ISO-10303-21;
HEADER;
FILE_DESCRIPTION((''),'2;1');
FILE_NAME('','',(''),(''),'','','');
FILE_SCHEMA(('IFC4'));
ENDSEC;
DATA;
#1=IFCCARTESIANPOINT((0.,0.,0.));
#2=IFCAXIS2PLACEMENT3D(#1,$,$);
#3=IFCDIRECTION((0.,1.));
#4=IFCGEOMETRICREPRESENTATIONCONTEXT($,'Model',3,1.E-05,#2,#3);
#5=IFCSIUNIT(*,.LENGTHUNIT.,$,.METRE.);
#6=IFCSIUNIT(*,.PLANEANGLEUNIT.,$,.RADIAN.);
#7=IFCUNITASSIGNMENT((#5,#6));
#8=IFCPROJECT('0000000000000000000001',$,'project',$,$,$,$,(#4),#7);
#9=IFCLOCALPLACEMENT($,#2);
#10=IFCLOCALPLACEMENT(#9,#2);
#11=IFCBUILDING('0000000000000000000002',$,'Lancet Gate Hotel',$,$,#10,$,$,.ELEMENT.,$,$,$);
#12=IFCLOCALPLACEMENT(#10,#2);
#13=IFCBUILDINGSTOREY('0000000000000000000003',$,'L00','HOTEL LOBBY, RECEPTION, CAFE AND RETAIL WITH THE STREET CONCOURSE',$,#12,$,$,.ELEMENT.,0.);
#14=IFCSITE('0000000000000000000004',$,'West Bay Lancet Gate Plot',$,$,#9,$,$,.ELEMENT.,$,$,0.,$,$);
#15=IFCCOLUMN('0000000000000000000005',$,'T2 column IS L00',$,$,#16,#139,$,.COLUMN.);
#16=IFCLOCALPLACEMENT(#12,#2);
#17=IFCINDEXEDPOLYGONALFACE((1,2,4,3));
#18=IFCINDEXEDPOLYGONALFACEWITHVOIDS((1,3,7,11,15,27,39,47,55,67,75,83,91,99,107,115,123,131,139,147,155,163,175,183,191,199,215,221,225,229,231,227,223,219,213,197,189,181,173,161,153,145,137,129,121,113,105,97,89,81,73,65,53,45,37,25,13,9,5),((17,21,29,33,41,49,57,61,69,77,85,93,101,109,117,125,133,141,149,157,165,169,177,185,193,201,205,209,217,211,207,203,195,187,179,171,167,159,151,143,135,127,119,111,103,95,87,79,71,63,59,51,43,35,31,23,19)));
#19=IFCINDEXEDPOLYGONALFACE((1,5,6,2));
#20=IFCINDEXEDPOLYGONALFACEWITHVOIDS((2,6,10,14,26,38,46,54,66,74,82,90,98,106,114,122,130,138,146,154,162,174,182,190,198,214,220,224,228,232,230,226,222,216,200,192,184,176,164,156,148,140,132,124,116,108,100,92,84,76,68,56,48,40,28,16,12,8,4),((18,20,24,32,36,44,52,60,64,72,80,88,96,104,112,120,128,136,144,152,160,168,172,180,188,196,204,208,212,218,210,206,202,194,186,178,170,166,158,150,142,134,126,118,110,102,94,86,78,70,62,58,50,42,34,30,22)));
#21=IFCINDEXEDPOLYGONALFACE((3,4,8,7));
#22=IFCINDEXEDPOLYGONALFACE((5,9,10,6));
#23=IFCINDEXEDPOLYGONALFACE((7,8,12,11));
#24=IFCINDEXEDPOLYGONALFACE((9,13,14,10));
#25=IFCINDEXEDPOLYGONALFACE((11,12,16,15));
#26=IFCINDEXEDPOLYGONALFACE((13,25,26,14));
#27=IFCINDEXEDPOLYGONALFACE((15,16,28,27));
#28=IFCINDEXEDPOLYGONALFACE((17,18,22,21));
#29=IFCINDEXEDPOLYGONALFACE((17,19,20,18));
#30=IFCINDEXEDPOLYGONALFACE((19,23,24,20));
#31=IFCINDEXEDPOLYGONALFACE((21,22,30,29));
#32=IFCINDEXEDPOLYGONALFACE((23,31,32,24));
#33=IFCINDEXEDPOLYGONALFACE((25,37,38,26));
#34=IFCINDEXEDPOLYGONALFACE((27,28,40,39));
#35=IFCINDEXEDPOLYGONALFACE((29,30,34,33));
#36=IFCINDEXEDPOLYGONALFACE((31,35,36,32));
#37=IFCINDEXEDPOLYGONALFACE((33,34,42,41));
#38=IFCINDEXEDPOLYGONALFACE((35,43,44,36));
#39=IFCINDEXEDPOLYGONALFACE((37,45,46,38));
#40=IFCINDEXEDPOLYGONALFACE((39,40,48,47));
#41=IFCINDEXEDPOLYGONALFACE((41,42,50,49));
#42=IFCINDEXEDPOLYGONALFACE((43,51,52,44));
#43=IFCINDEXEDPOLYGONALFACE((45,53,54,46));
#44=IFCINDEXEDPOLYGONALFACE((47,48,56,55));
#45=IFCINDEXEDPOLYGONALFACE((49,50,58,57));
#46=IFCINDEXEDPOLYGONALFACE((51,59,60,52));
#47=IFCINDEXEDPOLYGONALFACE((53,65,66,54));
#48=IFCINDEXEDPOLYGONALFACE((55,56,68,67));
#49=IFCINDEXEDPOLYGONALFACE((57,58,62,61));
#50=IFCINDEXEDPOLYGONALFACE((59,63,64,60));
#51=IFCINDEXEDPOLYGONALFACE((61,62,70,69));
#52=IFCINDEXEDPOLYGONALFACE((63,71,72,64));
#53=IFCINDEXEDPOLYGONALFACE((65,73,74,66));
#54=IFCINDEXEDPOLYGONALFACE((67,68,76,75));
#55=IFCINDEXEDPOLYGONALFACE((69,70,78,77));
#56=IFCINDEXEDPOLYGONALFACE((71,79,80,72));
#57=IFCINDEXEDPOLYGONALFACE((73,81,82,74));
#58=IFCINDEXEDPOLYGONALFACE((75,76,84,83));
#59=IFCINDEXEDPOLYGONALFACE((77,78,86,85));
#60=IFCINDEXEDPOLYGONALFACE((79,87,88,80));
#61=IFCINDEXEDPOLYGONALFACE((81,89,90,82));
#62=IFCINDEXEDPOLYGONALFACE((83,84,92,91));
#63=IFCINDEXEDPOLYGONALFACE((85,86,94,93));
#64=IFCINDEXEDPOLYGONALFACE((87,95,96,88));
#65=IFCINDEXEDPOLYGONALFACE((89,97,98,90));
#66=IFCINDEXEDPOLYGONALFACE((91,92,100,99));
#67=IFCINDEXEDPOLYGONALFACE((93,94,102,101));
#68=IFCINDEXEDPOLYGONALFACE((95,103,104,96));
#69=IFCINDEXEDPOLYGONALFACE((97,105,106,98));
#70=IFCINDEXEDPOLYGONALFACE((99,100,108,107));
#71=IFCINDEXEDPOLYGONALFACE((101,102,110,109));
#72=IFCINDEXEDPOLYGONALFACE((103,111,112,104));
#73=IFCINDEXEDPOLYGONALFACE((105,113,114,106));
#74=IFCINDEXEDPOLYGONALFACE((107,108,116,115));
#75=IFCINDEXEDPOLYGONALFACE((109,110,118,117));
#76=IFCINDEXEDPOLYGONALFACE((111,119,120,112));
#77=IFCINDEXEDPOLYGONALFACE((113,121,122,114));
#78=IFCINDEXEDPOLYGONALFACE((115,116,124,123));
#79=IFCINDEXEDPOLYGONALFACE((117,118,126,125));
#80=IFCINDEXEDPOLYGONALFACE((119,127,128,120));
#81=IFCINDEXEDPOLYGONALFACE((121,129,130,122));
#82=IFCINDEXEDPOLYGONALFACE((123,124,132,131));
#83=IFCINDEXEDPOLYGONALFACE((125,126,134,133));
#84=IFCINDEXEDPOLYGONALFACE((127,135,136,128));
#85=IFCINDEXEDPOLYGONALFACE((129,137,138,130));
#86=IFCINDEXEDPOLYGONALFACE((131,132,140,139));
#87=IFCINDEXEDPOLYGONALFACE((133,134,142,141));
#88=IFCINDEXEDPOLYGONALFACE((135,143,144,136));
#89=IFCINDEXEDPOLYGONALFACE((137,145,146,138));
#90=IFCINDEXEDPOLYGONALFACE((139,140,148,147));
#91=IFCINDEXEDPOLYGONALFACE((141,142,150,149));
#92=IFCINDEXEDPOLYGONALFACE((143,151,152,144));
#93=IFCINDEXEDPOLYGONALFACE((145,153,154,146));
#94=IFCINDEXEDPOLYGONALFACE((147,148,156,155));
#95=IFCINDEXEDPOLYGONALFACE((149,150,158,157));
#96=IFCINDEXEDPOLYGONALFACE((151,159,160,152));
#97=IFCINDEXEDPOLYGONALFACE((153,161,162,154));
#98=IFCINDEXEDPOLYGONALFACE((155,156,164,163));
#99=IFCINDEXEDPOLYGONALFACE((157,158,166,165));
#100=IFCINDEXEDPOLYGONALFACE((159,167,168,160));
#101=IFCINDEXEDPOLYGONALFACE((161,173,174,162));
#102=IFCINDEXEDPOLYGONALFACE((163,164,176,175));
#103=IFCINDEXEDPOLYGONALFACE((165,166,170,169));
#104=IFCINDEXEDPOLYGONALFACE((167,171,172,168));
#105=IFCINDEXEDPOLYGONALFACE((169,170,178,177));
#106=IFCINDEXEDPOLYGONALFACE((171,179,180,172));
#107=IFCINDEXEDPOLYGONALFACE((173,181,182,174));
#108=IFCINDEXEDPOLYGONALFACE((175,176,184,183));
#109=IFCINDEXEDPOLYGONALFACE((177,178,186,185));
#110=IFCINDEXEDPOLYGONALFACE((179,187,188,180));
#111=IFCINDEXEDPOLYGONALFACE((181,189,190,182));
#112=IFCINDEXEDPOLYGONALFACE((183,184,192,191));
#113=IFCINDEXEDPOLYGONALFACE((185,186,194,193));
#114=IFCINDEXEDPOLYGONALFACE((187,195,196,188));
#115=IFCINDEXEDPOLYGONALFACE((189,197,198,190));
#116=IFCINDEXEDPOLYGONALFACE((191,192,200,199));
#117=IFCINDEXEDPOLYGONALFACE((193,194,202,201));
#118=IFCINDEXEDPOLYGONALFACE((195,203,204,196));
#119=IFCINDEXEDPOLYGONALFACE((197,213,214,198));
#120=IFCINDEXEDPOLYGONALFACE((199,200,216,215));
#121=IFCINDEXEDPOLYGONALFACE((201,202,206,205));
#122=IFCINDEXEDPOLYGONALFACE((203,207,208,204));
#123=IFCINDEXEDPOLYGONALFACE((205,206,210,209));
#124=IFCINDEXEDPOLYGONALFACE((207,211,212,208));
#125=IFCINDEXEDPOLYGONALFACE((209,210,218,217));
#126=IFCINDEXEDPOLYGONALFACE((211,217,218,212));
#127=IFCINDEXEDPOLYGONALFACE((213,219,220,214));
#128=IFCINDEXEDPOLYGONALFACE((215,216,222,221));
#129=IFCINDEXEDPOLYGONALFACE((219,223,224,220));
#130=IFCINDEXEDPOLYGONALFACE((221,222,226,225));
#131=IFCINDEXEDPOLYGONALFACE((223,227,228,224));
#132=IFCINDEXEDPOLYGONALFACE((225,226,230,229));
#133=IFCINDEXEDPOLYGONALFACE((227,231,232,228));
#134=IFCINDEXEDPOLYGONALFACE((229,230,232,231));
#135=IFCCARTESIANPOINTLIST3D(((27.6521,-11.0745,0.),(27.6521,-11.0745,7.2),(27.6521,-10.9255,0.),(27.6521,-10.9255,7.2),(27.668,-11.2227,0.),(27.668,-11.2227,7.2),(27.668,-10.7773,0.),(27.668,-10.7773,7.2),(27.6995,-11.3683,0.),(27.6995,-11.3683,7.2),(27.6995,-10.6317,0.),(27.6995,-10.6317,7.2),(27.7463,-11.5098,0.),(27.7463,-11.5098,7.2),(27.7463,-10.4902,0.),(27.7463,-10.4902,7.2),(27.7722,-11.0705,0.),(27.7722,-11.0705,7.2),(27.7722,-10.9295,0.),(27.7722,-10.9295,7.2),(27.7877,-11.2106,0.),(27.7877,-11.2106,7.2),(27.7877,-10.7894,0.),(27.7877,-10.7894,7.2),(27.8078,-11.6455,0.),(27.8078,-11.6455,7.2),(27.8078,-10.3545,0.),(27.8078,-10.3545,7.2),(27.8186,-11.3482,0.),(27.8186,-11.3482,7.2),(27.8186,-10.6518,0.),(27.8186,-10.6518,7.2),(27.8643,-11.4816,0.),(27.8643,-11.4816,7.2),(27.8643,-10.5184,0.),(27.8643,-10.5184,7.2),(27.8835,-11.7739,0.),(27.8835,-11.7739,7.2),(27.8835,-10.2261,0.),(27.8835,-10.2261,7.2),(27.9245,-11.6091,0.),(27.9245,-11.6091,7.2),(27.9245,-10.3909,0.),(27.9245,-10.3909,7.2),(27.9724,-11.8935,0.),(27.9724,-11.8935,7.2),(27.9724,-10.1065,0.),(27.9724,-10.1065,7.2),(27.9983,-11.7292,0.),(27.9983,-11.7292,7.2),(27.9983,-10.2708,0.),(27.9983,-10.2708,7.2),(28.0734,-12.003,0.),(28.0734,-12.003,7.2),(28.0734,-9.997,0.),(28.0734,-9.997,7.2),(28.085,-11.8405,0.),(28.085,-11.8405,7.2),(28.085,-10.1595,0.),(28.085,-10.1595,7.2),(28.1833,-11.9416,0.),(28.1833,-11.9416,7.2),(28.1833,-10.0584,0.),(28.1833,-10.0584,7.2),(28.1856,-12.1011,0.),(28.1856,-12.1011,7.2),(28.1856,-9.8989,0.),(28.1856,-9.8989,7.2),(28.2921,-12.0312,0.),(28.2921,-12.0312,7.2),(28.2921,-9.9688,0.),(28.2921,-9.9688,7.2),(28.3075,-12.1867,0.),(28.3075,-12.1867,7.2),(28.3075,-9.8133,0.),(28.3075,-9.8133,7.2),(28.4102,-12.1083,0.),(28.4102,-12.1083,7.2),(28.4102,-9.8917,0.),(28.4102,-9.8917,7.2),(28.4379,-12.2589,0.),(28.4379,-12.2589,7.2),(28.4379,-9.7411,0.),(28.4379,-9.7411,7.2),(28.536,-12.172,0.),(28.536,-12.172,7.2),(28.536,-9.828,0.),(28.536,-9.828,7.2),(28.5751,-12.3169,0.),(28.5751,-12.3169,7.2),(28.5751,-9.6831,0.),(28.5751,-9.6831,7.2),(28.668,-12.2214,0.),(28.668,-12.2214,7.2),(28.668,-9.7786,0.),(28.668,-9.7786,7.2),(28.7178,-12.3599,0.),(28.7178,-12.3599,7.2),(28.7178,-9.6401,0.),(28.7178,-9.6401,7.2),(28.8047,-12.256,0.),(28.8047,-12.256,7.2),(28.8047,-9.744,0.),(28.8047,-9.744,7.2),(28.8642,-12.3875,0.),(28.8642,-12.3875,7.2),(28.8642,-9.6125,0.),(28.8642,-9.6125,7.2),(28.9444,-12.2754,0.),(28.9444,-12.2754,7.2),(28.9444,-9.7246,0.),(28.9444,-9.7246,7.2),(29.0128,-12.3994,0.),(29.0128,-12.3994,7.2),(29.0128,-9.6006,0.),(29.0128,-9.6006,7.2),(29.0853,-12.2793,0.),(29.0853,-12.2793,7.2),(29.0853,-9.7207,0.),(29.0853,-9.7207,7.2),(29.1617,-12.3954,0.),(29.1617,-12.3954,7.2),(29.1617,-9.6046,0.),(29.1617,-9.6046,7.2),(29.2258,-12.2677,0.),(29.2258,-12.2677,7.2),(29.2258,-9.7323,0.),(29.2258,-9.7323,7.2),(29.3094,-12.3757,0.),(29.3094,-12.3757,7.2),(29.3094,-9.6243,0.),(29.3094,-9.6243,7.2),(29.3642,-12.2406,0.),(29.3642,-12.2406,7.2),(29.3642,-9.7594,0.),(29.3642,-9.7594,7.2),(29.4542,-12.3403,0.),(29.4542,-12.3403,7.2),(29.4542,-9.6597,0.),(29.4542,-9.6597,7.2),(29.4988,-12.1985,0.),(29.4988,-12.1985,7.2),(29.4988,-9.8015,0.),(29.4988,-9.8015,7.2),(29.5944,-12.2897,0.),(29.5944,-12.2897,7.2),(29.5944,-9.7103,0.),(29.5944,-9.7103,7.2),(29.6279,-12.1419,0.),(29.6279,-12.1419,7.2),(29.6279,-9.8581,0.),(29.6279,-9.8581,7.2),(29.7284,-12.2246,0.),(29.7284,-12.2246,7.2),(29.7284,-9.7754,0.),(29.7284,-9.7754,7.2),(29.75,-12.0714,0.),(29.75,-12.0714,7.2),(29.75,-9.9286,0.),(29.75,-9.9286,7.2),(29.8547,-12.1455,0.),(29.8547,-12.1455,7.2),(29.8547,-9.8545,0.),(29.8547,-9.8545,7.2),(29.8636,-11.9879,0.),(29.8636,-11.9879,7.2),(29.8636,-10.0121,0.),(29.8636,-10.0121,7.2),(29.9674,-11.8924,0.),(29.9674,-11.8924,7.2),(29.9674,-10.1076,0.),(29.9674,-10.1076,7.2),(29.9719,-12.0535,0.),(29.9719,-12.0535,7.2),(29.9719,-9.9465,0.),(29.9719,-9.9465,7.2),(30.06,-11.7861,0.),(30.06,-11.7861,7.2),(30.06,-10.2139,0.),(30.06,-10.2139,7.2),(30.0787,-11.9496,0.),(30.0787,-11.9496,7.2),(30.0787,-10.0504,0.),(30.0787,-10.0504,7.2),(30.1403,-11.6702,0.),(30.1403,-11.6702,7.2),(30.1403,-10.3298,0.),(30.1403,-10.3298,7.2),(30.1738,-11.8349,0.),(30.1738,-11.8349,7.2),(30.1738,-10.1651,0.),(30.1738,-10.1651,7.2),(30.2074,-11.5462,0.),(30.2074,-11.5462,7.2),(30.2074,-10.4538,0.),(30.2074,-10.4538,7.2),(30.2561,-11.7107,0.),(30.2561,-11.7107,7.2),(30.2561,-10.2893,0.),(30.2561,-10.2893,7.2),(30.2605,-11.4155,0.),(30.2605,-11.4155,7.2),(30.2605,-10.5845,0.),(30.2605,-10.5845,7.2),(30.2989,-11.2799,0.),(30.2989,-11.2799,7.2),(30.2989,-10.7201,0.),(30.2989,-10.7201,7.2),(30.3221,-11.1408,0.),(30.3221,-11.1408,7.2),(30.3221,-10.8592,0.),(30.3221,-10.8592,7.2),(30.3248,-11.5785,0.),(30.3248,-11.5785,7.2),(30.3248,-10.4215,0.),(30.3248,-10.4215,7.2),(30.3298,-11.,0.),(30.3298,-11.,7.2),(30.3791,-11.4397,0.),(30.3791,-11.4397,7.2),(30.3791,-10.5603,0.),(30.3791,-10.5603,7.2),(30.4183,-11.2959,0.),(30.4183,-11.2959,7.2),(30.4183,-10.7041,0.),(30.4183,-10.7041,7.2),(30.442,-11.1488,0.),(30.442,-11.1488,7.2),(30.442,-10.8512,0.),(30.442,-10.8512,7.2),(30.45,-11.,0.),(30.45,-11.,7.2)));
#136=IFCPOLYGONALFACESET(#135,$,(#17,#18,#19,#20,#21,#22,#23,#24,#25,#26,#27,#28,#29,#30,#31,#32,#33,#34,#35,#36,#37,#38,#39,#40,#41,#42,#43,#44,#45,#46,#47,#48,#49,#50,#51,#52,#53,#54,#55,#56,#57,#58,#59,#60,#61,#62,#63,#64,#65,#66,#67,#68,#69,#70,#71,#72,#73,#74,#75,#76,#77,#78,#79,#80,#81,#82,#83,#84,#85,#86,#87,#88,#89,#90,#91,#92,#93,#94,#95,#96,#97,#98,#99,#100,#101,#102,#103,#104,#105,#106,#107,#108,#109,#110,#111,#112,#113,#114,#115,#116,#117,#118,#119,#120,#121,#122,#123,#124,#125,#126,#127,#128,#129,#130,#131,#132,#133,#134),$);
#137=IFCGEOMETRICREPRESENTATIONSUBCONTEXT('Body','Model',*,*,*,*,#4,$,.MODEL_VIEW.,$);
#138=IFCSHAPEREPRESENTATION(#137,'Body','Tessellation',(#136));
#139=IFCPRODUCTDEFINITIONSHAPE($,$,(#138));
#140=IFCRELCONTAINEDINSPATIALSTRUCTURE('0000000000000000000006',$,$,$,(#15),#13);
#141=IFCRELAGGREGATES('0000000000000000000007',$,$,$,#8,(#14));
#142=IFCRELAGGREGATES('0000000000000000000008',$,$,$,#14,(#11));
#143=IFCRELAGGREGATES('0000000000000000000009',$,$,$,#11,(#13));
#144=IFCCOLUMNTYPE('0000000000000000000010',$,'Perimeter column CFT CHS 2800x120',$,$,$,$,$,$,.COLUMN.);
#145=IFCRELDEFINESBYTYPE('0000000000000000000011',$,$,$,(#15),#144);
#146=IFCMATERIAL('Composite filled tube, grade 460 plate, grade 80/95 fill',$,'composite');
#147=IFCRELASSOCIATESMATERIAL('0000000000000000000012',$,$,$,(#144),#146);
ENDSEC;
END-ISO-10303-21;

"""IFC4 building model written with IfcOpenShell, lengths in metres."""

from ifc_helpers import new_model, si_unit, direction, frame, origin, origin_2d, place, context, subcontext, project, spatial, hollow_circle, extrude, material, material_profile, profile_set, type_object, element, save


model = new_model("IFC4")

# Units and contexts
model_context = context("Model", 3, precision=1e-05, world=origin(), true_north=direction((0.0, 1.0)))
body_context = subcontext(model_context, "Body", "Model", "MODEL_VIEW")
ifc_project = project(units=[si_unit("LENGTHUNIT", "METRE"), si_unit("PLANEANGLEUNIT", "RADIAN")], contexts=[model_context])

# Site, building, storey
site_placement = place(None, origin())
site = spatial("IfcSite", under=ifc_project, at=site_placement, Name="West Bay Lancet Gate Plot", CompositionType="ELEMENT", RefElevation=0.0)
building_placement = place(site_placement, origin())
building = spatial("IfcBuilding", under=site, at=building_placement, Name="Lancet Gate Hotel", CompositionType="ELEMENT")
storey_placement = place(building_placement, origin())
storey = spatial("IfcBuildingStorey", under=building, at=storey_placement, Name="L00", Description="HOTEL LOBBY, RECEPTION, CAFE AND RETAIL WITH THE STREET CONCOURSE", CompositionType="ELEMENT", Elevation=0.0)

# Column
ifc_material_1 = material(Name="Composite filled tube, grade 460 plate, grade 80/95 fill", Category="composite")
ifc_material_profile_1 = material_profile(ifc_material_1, hollow_circle(Radius=1.3999, WallThickness=0.1201, at=origin_2d()), Name="CHS 2800x120")
ifc_profile_set_1 = profile_set([ifc_material_profile_1], Name="Composite filled tube, grade 460 plate, grade 80/95 fill")
column_type_1 = type_object("IfcColumnType", Name="Perimeter column CFT CHS 2800x120", PredefinedType="COLUMN", material=ifc_profile_set_1)
for number, where, z_axis, x_axis, name in (
    (1, (29.05, -11.0, 0.0), (0.0, 0.0, 1.0), (1.0, 0.0, 0.0), "T2 column IS L00"),
):
    element("IfcColumn", number, at=place(storey_placement, frame(where, z_axis=z_axis, x_axis=x_axis)), inside=storey, type_object=column_type_1, Name=name, PredefinedType="COLUMN", context=body_context, shape_type="SweptSolid", body=[
        extrude(hollow_circle(Radius=1.3999, WallThickness=0.1201, at=origin_2d()), origin(), (0.0, 0.0, 1.0), 7.2),
    ])

save(model, "model.ifc")
